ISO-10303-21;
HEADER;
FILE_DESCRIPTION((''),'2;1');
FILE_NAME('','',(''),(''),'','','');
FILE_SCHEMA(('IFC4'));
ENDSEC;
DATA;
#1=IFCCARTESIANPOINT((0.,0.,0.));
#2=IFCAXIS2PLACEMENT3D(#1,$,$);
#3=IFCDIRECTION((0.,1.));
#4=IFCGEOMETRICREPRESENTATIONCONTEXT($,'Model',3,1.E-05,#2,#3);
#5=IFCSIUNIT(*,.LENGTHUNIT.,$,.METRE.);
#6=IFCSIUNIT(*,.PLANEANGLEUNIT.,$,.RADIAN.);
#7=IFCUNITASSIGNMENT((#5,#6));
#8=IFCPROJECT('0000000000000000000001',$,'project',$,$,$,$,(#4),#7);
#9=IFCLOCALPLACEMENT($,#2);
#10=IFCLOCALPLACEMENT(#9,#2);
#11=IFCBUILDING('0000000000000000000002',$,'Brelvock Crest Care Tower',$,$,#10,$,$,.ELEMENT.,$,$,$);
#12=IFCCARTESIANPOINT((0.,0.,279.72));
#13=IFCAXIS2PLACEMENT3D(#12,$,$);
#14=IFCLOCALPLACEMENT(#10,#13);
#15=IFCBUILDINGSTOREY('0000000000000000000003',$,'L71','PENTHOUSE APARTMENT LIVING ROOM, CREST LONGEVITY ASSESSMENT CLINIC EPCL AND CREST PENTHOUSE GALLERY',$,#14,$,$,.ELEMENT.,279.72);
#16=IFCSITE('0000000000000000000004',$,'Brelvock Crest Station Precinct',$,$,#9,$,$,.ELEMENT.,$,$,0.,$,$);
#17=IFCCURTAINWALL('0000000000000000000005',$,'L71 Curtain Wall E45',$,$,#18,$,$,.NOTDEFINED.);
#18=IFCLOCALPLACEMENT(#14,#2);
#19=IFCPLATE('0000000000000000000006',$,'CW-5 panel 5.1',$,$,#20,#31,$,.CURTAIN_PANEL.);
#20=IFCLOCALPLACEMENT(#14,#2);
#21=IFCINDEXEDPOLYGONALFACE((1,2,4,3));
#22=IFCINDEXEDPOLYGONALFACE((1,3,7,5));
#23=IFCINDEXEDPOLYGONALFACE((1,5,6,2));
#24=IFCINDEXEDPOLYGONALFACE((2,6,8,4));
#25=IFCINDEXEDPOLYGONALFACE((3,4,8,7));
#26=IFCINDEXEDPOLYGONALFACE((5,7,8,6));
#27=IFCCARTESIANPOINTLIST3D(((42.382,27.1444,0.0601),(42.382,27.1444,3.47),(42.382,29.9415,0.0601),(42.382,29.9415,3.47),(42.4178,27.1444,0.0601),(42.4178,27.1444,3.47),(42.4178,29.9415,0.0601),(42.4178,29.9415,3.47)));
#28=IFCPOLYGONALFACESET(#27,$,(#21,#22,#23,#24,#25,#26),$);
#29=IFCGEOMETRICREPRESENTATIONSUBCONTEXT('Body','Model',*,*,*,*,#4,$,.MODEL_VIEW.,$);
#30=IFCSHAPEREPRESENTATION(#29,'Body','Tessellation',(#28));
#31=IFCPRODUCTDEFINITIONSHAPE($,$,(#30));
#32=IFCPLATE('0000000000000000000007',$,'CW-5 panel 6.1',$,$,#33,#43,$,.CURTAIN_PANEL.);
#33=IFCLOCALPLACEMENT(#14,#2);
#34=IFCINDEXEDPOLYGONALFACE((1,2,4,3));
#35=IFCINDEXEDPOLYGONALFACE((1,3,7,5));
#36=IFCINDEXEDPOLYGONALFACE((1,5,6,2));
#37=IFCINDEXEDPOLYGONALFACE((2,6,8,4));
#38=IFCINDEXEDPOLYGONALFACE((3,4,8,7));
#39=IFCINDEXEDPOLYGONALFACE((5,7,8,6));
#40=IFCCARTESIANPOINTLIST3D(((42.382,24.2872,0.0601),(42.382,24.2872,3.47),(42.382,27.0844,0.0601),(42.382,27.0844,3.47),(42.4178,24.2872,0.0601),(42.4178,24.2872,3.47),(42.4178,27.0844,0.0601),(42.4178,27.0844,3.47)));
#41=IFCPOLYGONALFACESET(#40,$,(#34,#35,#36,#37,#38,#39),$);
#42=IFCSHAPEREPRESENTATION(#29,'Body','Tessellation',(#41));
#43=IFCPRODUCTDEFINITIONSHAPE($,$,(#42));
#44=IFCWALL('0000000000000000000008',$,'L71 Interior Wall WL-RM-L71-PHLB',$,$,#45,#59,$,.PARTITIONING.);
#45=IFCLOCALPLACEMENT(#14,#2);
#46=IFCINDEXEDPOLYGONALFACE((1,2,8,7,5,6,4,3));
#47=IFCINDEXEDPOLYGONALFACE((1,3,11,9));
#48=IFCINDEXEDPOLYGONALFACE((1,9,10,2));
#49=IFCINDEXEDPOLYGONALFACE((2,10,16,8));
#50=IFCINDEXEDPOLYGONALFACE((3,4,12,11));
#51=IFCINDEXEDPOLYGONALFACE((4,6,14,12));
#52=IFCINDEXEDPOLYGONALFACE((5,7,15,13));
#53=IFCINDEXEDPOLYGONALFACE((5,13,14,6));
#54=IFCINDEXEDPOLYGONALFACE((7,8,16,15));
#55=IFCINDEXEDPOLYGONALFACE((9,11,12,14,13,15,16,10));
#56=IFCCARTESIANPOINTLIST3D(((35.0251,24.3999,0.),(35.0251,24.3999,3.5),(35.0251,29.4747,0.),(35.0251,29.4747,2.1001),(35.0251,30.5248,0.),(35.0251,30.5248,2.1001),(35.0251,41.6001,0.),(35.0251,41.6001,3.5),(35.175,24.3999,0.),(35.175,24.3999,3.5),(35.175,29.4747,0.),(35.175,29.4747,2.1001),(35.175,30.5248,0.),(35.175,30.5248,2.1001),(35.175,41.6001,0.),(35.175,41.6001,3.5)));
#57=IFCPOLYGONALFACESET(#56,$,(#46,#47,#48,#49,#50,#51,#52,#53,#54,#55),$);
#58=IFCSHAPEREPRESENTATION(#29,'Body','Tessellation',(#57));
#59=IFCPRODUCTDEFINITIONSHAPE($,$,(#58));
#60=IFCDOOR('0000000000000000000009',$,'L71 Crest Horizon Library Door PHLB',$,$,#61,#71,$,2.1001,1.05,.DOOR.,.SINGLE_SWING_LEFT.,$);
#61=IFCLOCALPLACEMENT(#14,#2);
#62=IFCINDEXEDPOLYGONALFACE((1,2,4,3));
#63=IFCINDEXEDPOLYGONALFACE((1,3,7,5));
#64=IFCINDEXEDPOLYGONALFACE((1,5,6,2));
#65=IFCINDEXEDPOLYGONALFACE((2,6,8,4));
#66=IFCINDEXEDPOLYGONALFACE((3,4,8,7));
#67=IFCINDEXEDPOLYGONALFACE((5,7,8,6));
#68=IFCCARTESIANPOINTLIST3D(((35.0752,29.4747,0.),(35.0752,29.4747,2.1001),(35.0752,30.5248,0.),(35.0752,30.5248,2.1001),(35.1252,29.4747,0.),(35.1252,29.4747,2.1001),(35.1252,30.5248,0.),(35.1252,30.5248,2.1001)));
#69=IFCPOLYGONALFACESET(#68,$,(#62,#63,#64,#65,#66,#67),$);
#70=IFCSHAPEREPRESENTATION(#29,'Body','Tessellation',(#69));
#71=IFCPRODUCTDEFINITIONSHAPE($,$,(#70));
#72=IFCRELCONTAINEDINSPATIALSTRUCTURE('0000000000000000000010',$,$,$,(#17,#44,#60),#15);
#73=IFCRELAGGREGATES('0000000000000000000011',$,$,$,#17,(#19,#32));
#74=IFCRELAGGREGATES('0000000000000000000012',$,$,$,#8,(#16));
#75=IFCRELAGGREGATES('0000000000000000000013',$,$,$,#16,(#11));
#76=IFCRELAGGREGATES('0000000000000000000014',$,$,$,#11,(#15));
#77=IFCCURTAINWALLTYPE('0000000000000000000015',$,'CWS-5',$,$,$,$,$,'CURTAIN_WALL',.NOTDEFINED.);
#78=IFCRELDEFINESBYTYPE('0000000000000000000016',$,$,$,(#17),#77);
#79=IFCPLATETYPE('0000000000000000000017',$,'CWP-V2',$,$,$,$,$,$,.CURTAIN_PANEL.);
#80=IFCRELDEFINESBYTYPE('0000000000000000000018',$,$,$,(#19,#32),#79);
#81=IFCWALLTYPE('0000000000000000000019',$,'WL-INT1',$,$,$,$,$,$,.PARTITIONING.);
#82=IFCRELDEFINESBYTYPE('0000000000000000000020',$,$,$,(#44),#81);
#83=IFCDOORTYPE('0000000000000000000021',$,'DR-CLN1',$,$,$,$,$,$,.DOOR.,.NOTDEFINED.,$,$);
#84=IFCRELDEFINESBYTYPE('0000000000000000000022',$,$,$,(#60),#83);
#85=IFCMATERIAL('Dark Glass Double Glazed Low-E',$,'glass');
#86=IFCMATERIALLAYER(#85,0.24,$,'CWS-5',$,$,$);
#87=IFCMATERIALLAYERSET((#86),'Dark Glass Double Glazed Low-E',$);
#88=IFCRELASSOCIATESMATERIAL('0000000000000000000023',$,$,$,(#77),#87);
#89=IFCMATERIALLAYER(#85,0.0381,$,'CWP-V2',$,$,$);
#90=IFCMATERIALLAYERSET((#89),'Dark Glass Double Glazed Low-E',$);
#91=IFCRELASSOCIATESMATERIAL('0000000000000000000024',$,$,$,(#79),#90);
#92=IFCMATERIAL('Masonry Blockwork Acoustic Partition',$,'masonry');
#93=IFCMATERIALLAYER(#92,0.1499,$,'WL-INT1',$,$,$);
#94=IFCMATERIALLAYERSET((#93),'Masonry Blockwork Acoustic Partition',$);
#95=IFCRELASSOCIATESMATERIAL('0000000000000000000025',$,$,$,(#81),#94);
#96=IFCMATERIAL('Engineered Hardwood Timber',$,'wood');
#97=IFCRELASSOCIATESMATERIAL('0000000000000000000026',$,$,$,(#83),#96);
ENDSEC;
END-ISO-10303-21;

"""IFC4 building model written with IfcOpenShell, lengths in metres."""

from ifc_helpers import new_model, si_unit, direction, frame, frame_2d, origin, origin_2d, place, context, subcontext, project, spatial, rectangle, extrude, source, transform, mapped, material, layer, layer_set, type_object, element, fill, aggregate, save


model = new_model("IFC4")

# Units and contexts
model_context = context("Model", 3, precision=1e-05, world=origin(), true_north=direction((0.0, 1.0)))
body_context = subcontext(model_context, "Body", "Model", "MODEL_VIEW")
ifc_project = project(units=[si_unit("LENGTHUNIT", "METRE"), si_unit("PLANEANGLEUNIT", "RADIAN")], contexts=[model_context])

# Site, building, storey
site_placement = place(None, origin())
site = spatial("IfcSite", under=ifc_project, at=site_placement, Name="Brelvock Crest Station Precinct", CompositionType="ELEMENT", RefElevation=0.0)
building_placement = place(site_placement, origin())
building = spatial("IfcBuilding", under=site, at=building_placement, Name="Brelvock Crest Care Tower", CompositionType="ELEMENT")
storey_placement = place(building_placement, frame((0.0, 0.0, 279.72)))
storey = spatial("IfcBuildingStorey", under=building, at=storey_placement, Name="L71", Description="PENTHOUSE APARTMENT LIVING ROOM, CREST LONGEVITY ASSESSMENT CLINIC EPCL AND CREST PENTHOUSE GALLERY", CompositionType="ELEMENT", Elevation=279.72)

# Curtain wall, plates
ifc_material_1 = material(Name="Dark Glass Double Glazed Low-E", Category="glass")
ifc_layer_1 = layer(ifc_material_1, 0.24, Name="CWS-5")
ifc_layer_set_1 = layer_set([ifc_layer_1], Name="Dark Glass Double Glazed Low-E")
curtain_wall_type = type_object("IfcCurtainWallType", Name="CWS-5", ElementType="CURTAIN_WALL", PredefinedType="NOTDEFINED", material=ifc_layer_set_1)
curtain_wall_placement = place(storey_placement, origin())
curtain_wall = element("IfcCurtainWall", 1, at=curtain_wall_placement, inside=storey, type_object=curtain_wall_type, Name="L71 Curtain Wall E45", PredefinedType="NOTDEFINED")
ifc_layer_2 = layer(ifc_material_1, 0.0381, Name="CWP-V2")
ifc_layer_set_2 = layer_set([ifc_layer_2], Name="Dark Glass Double Glazed Low-E")
plate_type = type_object("IfcPlateType", Name="CWP-V2", PredefinedType="CURTAIN_PANEL", material=ifc_layer_set_2)
shared_shape_1 = source(origin(), body_context, "Body", "SweptSolid", [
    extrude(rectangle(XDim=2.7971, YDim=0.0359, at=origin_2d()), origin(), (0.0, 0.0, 1.0), 3.4099),
])
plate_1_placement = place(storey_placement, frame((42.3999, 28.543, 0.0601), z_axis=(0.0, 0.0, 1.0), x_axis=(0.0, -1.0, 0.0)))
plate_1 = element("IfcPlate", 2, at=plate_1_placement, type_object=plate_type, Name="CW-5 panel 5.1", PredefinedType="CURTAIN_PANEL", context=body_context, shape_type="MappedRepresentation", body=[
    mapped(shared_shape_1, transform((0.0, 0.0, 0.0), x_axis=(1.0, 0.0, 0.0), y_axis=(0.0, 1.0, 0.0), z_axis=(0.0, 0.0, 1.0), scale=1.0)),
])
plate_2_placement = place(storey_placement, frame((42.3999, 25.6858, 0.0601), z_axis=(0.0, 0.0, 1.0), x_axis=(0.0, -1.0, 0.0)))
plate_2 = element("IfcPlate", 3, at=plate_2_placement, type_object=plate_type, Name="CW-5 panel 6.1", PredefinedType="CURTAIN_PANEL", context=body_context, shape_type="MappedRepresentation", body=[
    mapped(shared_shape_1, transform((0.0, 0.0, 0.0), x_axis=(1.0, 0.0, 0.0), y_axis=(0.0, 1.0, 0.0), z_axis=(0.0, 0.0, 1.0), scale=1.0)),
])
aggregate(curtain_wall, [plate_1, plate_2])

# Wall, opening, door
ifc_material_2 = material(Name="Masonry Blockwork Acoustic Partition", Category="masonry")
ifc_layer_3 = layer(ifc_material_2, 0.1499, Name="WL-INT1")
ifc_layer_set_3 = layer_set([ifc_layer_3], Name="Masonry Blockwork Acoustic Partition")
wall_type = type_object("IfcWallType", Name="WL-INT1", PredefinedType="PARTITIONING", material=ifc_layer_set_3)
wall_placement = place(storey_placement, frame((35.1001, 24.3999, 0.0), z_axis=(0.0, 0.0, 1.0), x_axis=(0.0, 1.0, 0.0)))
wall = element("IfcWall", 4, at=wall_placement, inside=storey, type_object=wall_type, Name="L71 Interior Wall WL-RM-L71-PHLB", PredefinedType="PARTITIONING", context=body_context, shape_type="SweptSolid", body=[
    extrude(rectangle(XDim=17.2002, YDim=0.1499, at=frame_2d((8.6001, 0.0))), origin(), (0.0, 0.0, 1.0), 3.5),
])
opening_placement = place(wall_placement, frame((5.075, 0.0, 0.0)))
opening = element("IfcOpeningElement", 5, at=opening_placement, cuts=wall, PredefinedType="OPENING", context=body_context, shape_type="SweptSolid", body=[
    extrude(rectangle(XDim=1.05, YDim=2.1001, at=origin_2d()), frame((0.5249, 0.085, 1.05), z_axis=(0.0, -1.0, 0.0), x_axis=(1.0, 0.0, 0.0)), (0.0, 0.0, 1.0), 0.1699),
])
ifc_material_3 = material(Name="Engineered Hardwood Timber", Category="wood")
door_type = type_object("IfcDoorType", Name="DR-CLN1", OperationType="NOTDEFINED", PredefinedType="DOOR", material=ifc_material_3)
shared_shape_2 = source(origin(), body_context, "Body", "SweptSolid", [
    extrude(rectangle(XDim=1.05, YDim=2.1001, at=origin_2d()), frame((0.5249, 0.0249, 1.05), z_axis=(0.0, -1.0, 0.0), x_axis=(1.0, 0.0, 0.0)), (0.0, 0.0, 1.0), 0.05),
])
door_placement = place(opening_placement, origin())
door = element("IfcDoor", 6, at=door_placement, inside=storey, type_object=door_type, Name="L71 Crest Horizon Library Door PHLB", OperationType="SINGLE_SWING_LEFT", OverallHeight=2.1001, OverallWidth=1.05, PredefinedType="DOOR", context=body_context, shape_type="MappedRepresentation", body=[
    mapped(shared_shape_2, transform((0.0, 0.0, 0.0), x_axis=(1.0, 0.0, 0.0), y_axis=(0.0, 1.0, 0.0), z_axis=(0.0, 0.0, 1.0), scale=1.0)),
])
fill(opening, door)

save(model, "model.ifc")
